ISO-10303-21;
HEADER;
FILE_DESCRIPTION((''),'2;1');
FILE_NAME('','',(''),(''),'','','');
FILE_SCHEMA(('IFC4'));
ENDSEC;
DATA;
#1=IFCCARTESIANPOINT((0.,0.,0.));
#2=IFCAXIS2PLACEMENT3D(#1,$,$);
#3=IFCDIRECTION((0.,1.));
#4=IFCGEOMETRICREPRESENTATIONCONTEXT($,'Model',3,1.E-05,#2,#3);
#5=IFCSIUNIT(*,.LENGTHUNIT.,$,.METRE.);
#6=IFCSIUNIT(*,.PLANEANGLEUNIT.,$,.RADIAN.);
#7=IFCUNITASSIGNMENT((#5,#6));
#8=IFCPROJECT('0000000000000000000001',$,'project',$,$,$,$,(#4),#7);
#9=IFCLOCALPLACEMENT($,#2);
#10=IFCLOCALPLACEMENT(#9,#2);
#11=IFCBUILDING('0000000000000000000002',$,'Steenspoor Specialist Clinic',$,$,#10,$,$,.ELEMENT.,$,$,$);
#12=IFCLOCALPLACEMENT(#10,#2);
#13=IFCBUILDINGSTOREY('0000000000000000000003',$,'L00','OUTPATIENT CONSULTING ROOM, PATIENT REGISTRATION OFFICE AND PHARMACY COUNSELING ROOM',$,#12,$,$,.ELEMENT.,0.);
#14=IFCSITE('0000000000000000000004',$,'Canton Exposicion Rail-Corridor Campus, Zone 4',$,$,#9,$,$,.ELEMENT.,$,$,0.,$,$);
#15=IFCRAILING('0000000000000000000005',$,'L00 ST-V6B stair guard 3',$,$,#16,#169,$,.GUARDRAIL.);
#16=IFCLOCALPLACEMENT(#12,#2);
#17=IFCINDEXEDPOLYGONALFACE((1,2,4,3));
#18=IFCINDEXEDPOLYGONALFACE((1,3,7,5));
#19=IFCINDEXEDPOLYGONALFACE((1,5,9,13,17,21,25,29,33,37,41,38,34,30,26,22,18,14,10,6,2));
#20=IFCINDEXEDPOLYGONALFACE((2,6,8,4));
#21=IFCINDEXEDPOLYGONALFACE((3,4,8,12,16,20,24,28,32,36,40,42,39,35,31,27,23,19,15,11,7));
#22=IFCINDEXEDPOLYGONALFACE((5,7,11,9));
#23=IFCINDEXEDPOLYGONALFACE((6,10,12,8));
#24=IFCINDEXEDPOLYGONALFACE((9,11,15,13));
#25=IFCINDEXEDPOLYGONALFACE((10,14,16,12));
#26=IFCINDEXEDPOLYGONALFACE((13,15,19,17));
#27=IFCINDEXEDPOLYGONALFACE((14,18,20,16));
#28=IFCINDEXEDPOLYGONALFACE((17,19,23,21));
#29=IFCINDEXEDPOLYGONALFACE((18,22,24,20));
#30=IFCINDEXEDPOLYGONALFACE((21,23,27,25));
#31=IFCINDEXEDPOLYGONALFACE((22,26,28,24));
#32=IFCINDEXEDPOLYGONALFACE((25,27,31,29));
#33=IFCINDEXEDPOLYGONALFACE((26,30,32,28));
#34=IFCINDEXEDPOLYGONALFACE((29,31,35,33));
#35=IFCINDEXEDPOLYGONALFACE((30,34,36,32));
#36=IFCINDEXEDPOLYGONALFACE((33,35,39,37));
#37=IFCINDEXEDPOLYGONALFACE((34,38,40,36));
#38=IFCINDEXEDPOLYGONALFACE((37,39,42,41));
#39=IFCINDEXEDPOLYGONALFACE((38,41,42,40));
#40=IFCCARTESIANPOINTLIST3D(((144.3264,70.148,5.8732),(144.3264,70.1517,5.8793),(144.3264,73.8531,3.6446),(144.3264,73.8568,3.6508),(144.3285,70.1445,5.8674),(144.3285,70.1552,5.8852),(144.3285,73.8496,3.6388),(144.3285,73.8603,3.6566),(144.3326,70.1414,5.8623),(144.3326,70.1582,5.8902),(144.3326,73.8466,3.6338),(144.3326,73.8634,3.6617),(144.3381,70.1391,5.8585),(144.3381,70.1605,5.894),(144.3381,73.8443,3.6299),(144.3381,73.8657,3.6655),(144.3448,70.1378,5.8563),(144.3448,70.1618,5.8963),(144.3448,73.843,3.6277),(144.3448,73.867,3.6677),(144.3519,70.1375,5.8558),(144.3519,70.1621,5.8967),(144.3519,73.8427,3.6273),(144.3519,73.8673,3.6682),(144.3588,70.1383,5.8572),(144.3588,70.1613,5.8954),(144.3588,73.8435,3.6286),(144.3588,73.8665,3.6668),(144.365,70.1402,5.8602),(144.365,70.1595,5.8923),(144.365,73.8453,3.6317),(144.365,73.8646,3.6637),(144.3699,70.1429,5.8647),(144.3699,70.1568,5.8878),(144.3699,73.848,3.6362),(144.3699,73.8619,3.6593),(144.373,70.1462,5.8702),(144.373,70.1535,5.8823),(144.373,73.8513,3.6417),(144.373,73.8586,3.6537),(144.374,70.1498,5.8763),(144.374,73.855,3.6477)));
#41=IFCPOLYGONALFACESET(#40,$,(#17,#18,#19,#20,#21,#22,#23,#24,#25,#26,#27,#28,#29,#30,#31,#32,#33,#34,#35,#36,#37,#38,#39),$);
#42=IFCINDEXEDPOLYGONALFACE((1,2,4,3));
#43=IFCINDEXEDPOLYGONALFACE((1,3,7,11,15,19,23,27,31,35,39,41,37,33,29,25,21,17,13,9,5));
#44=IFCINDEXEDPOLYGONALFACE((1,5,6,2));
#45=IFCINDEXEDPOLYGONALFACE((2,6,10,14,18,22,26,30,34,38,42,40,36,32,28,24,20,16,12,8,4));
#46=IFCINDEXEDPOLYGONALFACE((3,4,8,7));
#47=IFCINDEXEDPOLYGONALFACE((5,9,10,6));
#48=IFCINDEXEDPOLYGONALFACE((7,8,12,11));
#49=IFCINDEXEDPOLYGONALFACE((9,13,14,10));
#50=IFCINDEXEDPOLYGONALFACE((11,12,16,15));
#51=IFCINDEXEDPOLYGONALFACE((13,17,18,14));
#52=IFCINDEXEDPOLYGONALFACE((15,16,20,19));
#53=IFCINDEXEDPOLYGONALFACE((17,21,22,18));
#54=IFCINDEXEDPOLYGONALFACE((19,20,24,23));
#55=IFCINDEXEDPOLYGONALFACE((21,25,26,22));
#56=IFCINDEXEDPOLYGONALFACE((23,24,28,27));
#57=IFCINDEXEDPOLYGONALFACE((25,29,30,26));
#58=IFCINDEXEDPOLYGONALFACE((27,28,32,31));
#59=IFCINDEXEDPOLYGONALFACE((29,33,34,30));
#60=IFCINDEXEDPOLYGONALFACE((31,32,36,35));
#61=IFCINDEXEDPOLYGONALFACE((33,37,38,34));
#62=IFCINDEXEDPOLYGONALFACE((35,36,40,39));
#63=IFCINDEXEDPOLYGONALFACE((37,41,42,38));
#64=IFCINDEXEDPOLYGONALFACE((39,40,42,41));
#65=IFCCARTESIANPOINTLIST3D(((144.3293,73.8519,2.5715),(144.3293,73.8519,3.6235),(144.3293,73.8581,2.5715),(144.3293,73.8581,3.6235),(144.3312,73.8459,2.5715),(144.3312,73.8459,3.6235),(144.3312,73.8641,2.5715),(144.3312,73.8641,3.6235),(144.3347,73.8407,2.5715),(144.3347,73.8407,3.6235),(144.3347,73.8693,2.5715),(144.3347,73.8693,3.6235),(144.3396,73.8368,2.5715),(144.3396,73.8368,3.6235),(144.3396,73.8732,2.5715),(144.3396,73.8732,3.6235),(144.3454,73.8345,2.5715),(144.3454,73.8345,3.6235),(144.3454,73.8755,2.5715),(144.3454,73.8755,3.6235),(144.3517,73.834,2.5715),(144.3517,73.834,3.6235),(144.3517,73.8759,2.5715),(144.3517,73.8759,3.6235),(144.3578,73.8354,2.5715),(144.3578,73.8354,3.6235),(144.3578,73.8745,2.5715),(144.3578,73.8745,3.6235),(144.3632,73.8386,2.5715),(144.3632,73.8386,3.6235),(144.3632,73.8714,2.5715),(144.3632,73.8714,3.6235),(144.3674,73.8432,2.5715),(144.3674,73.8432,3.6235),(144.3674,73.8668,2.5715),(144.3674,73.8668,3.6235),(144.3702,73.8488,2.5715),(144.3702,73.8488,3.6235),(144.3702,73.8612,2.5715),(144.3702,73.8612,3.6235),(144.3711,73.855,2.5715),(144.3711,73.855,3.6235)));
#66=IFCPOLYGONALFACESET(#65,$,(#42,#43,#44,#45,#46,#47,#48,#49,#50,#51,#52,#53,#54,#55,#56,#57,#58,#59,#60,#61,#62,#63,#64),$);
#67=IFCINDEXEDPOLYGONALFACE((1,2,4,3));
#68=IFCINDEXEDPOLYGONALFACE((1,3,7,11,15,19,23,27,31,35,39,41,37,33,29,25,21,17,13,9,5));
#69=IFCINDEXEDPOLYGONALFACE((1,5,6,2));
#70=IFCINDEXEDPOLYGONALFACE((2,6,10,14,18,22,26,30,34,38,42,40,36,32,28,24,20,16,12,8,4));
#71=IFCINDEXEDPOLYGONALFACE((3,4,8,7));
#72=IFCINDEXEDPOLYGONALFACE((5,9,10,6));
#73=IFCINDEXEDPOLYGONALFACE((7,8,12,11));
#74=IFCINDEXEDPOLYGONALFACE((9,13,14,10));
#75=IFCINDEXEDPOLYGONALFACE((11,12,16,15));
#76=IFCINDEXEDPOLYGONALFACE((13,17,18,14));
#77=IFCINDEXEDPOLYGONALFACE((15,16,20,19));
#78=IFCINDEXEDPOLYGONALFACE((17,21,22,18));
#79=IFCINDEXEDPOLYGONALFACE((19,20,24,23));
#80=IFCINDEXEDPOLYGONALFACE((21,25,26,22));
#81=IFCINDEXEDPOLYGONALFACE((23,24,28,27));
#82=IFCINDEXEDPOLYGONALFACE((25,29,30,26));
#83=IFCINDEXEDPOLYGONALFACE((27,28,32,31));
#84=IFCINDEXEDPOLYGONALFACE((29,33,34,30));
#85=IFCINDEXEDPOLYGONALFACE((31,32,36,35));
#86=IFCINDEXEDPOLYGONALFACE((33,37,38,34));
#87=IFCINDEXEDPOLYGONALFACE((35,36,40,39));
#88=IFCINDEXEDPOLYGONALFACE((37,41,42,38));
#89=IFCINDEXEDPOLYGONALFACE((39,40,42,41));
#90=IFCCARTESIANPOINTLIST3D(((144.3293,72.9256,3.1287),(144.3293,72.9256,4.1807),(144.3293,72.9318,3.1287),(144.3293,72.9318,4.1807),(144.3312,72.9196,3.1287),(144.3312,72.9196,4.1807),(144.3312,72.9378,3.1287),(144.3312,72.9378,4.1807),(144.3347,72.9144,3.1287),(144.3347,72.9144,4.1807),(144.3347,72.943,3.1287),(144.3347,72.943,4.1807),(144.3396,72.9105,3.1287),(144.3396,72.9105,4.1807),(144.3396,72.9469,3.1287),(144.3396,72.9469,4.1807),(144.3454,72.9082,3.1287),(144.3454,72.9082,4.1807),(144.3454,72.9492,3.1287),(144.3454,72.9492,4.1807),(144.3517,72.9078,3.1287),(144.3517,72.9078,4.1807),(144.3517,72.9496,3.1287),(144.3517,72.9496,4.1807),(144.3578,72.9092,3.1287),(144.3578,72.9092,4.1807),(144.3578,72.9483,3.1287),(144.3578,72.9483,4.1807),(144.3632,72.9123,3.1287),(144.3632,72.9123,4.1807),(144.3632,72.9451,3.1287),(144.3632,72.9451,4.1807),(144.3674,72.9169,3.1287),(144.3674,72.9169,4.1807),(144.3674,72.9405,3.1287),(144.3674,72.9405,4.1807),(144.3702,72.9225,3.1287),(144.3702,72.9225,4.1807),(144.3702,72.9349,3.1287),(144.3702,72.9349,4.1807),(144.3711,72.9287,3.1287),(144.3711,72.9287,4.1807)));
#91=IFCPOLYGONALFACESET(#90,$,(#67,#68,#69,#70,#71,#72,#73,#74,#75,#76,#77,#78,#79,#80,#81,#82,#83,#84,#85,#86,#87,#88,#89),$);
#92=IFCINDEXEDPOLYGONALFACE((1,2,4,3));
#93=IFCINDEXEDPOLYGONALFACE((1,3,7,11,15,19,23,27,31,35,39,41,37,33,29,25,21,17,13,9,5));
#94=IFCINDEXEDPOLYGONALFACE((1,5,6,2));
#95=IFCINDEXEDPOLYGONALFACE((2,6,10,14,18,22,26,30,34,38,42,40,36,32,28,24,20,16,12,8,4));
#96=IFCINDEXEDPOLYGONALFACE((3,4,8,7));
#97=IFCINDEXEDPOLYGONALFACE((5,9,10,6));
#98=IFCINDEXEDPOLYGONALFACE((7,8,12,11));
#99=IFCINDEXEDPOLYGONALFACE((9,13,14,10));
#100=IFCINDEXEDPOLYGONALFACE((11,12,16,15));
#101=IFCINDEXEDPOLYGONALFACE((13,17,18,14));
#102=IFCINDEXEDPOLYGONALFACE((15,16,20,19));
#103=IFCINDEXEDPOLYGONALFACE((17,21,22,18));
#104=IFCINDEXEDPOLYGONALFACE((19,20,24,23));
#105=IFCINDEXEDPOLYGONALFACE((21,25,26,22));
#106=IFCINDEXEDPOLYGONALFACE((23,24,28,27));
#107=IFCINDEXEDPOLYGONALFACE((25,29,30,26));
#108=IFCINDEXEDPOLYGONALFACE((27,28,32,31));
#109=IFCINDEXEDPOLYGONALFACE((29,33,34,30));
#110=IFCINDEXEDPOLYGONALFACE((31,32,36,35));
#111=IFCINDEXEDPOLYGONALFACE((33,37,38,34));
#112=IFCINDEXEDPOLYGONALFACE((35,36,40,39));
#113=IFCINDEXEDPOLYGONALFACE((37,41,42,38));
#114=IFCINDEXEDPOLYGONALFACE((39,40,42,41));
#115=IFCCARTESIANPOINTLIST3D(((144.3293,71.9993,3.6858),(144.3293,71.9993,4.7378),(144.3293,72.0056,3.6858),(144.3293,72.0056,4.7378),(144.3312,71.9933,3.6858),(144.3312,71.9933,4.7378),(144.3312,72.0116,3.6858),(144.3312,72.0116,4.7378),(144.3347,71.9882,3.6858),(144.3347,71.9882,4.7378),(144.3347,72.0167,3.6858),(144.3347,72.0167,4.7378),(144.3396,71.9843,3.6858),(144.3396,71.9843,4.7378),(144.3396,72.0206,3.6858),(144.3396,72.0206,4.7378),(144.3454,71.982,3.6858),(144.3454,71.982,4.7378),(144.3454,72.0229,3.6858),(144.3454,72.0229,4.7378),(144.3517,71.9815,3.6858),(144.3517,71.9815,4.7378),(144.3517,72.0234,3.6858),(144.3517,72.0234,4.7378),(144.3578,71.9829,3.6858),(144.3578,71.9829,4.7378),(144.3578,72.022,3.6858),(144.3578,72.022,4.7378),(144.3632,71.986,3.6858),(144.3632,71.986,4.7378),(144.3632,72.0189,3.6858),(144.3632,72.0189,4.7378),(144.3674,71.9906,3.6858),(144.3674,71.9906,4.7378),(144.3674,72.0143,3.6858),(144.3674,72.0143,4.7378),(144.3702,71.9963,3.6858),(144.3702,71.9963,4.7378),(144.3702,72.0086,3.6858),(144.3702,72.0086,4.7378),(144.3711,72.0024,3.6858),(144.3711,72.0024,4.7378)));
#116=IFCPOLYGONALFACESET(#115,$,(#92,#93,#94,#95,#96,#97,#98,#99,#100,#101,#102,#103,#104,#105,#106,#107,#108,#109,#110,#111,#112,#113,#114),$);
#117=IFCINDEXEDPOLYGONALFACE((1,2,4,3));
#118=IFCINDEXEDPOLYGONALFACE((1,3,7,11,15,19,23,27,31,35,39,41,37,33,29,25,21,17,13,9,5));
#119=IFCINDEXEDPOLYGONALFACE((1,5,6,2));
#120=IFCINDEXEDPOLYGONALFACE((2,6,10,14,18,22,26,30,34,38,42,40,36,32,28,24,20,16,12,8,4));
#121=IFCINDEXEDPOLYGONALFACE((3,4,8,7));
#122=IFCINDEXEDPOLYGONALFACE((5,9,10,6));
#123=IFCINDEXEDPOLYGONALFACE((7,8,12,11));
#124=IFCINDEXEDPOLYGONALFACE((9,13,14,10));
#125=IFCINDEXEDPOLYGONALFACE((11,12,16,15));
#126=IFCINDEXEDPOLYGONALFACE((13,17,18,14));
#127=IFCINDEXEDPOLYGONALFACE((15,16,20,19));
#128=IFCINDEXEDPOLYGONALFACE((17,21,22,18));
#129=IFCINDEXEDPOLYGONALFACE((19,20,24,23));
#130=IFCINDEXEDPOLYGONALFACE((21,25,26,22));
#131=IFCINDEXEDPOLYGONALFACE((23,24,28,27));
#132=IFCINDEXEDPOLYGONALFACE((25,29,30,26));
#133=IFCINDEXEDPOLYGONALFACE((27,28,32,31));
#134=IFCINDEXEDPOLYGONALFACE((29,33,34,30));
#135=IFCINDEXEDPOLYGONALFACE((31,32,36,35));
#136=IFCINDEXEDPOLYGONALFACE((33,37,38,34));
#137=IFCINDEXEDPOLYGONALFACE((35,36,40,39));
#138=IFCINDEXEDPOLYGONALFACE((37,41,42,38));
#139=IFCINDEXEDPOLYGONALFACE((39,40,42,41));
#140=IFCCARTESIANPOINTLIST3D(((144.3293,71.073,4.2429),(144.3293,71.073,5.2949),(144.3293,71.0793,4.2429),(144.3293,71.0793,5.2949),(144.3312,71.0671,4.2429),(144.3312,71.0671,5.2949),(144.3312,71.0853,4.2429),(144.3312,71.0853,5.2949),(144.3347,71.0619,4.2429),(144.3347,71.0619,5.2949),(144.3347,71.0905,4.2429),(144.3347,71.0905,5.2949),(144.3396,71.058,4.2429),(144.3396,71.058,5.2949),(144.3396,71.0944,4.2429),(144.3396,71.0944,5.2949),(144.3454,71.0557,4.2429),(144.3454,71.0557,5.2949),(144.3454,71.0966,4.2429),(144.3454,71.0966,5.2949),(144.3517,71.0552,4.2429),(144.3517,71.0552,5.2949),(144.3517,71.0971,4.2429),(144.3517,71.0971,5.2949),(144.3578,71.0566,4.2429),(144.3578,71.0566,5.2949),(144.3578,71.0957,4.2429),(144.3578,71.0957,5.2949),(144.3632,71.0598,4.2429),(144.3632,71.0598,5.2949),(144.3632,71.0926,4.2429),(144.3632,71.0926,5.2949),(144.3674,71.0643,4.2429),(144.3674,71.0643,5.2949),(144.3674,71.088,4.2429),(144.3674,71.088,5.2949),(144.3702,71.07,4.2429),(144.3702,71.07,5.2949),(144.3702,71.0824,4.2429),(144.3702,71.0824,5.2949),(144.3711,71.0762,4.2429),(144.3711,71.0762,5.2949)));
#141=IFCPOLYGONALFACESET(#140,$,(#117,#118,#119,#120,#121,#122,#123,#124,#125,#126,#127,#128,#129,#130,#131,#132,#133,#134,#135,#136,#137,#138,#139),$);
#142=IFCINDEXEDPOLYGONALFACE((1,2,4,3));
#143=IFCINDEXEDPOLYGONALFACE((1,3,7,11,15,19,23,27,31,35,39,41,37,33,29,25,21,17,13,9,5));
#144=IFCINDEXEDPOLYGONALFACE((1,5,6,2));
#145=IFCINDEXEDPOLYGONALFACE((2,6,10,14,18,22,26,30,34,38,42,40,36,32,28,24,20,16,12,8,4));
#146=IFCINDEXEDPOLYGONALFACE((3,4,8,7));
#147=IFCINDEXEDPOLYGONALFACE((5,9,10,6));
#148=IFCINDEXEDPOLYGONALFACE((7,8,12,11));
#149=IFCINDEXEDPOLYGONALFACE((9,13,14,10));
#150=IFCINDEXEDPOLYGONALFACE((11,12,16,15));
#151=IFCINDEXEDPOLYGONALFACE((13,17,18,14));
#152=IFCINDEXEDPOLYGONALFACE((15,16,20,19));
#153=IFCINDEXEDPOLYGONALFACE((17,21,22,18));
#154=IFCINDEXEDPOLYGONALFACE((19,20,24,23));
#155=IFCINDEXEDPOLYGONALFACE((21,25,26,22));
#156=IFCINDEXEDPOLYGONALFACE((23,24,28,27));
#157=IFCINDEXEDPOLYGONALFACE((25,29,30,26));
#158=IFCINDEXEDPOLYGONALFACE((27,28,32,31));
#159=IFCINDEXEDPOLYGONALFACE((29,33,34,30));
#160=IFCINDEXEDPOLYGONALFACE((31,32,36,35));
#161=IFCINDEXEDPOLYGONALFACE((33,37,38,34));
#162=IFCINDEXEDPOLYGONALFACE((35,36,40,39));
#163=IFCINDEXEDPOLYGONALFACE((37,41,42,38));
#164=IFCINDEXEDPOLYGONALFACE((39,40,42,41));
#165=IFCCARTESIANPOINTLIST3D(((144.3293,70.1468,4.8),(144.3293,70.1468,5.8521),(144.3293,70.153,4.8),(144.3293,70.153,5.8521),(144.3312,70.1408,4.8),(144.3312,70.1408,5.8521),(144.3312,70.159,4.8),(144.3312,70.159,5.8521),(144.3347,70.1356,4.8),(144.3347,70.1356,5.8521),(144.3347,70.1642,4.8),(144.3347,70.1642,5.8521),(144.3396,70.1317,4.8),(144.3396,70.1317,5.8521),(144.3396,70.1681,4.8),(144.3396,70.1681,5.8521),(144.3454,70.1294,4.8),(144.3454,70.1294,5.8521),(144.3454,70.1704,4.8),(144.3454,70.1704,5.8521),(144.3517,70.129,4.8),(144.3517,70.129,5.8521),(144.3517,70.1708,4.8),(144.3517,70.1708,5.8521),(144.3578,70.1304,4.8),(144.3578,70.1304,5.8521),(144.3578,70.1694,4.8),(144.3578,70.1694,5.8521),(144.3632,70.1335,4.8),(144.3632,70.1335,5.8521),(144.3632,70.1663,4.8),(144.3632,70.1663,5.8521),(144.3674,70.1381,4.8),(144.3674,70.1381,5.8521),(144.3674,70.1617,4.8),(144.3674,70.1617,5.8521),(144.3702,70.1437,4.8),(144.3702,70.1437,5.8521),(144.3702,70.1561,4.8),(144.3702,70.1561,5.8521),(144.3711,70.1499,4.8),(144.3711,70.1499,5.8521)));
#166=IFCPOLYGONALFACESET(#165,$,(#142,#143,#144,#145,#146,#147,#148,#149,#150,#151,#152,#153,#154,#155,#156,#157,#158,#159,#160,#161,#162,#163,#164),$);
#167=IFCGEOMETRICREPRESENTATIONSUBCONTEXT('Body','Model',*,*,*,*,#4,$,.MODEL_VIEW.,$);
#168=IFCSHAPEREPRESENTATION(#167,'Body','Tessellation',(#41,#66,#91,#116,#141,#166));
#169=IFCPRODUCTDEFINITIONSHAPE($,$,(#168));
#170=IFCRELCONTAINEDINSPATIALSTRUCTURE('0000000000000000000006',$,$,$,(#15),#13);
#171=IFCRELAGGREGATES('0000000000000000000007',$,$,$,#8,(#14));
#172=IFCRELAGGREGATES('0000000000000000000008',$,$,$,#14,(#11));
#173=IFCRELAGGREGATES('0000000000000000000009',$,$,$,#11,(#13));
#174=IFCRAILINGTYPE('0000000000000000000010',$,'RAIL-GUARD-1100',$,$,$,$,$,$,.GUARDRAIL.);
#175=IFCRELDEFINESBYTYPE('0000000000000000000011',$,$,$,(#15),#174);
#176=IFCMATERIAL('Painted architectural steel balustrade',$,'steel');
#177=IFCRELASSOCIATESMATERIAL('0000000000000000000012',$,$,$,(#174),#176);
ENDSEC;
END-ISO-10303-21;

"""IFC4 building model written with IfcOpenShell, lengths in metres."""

from ifc_helpers import new_model, si_unit, direction, frame, origin, origin_2d, place, context, subcontext, project, spatial, circle, extrude, material, type_object, element, save


model = new_model("IFC4")

# Units and contexts
model_context = context("Model", 3, precision=1e-05, world=origin(), true_north=direction((0.0, 1.0)))
body_context = subcontext(model_context, "Body", "Model", "MODEL_VIEW")
ifc_project = project(units=[si_unit("LENGTHUNIT", "METRE"), si_unit("PLANEANGLEUNIT", "RADIAN")], contexts=[model_context])

# Site, building, storey
site_placement = place(None, origin())
site = spatial("IfcSite", under=ifc_project, at=site_placement, Name="Canton Exposicion Rail-Corridor Campus, Zone 4", CompositionType="ELEMENT", RefElevation=0.0)
building_placement = place(site_placement, origin())
building = spatial("IfcBuilding", under=site, at=building_placement, Name="Steenspoor Specialist Clinic", CompositionType="ELEMENT")
storey_placement = place(building_placement, origin())
storey = spatial("IfcBuildingStorey", under=building, at=storey_placement, Name="L00", Description="OUTPATIENT CONSULTING ROOM, PATIENT REGISTRATION OFFICE AND PHARMACY COUNSELING ROOM", CompositionType="ELEMENT", Elevation=0.0)

# Railing
ifc_material_1 = material(Name="Painted architectural steel balustrade", Category="steel")
railing_type_1 = type_object("IfcRailingType", Name="RAIL-GUARD-1100", PredefinedType="GUARDRAIL", material=ifc_material_1)
railing_1_placement = place(storey_placement, frame((144.3501, 73.855, 2.5715)))
element("IfcRailing", 1, at=railing_1_placement, inside=storey, type_object=railing_type_1, Name="L00 ST-V6B stair guard 3", PredefinedType="GUARDRAIL", context=body_context, shape_type="SweptSolid", body=[
    extrude(circle(Radius=0.0239, at=origin_2d()), frame((0.0, 0.0, 1.0762), z_axis=(0.0, -0.856934, 0.515425), x_axis=(1.0, 0.0, 0.0)), (0.0, 0.0, 1.0), 4.3237),
    extrude(circle(Radius=0.021, at=origin_2d()), origin(), (0.0, 0.0, 1.0), 1.052),
    extrude(circle(Radius=0.021, at=origin_2d()), frame((0.0, -0.9263, 0.5571)), (0.0, 0.0, 1.0), 1.052),
    extrude(circle(Radius=0.021, at=origin_2d()), frame((0.0, -1.8525, 1.1143)), (0.0, 0.0, 1.0), 1.052),
    extrude(circle(Radius=0.021, at=origin_2d()), frame((0.0, -2.7788, 1.6714)), (0.0, 0.0, 1.0), 1.052),
    extrude(circle(Radius=0.021, at=origin_2d()), frame((0.0, -3.7051, 2.2285)), (0.0, 0.0, 1.0), 1.052),
])

save(model, "model.ifc")
